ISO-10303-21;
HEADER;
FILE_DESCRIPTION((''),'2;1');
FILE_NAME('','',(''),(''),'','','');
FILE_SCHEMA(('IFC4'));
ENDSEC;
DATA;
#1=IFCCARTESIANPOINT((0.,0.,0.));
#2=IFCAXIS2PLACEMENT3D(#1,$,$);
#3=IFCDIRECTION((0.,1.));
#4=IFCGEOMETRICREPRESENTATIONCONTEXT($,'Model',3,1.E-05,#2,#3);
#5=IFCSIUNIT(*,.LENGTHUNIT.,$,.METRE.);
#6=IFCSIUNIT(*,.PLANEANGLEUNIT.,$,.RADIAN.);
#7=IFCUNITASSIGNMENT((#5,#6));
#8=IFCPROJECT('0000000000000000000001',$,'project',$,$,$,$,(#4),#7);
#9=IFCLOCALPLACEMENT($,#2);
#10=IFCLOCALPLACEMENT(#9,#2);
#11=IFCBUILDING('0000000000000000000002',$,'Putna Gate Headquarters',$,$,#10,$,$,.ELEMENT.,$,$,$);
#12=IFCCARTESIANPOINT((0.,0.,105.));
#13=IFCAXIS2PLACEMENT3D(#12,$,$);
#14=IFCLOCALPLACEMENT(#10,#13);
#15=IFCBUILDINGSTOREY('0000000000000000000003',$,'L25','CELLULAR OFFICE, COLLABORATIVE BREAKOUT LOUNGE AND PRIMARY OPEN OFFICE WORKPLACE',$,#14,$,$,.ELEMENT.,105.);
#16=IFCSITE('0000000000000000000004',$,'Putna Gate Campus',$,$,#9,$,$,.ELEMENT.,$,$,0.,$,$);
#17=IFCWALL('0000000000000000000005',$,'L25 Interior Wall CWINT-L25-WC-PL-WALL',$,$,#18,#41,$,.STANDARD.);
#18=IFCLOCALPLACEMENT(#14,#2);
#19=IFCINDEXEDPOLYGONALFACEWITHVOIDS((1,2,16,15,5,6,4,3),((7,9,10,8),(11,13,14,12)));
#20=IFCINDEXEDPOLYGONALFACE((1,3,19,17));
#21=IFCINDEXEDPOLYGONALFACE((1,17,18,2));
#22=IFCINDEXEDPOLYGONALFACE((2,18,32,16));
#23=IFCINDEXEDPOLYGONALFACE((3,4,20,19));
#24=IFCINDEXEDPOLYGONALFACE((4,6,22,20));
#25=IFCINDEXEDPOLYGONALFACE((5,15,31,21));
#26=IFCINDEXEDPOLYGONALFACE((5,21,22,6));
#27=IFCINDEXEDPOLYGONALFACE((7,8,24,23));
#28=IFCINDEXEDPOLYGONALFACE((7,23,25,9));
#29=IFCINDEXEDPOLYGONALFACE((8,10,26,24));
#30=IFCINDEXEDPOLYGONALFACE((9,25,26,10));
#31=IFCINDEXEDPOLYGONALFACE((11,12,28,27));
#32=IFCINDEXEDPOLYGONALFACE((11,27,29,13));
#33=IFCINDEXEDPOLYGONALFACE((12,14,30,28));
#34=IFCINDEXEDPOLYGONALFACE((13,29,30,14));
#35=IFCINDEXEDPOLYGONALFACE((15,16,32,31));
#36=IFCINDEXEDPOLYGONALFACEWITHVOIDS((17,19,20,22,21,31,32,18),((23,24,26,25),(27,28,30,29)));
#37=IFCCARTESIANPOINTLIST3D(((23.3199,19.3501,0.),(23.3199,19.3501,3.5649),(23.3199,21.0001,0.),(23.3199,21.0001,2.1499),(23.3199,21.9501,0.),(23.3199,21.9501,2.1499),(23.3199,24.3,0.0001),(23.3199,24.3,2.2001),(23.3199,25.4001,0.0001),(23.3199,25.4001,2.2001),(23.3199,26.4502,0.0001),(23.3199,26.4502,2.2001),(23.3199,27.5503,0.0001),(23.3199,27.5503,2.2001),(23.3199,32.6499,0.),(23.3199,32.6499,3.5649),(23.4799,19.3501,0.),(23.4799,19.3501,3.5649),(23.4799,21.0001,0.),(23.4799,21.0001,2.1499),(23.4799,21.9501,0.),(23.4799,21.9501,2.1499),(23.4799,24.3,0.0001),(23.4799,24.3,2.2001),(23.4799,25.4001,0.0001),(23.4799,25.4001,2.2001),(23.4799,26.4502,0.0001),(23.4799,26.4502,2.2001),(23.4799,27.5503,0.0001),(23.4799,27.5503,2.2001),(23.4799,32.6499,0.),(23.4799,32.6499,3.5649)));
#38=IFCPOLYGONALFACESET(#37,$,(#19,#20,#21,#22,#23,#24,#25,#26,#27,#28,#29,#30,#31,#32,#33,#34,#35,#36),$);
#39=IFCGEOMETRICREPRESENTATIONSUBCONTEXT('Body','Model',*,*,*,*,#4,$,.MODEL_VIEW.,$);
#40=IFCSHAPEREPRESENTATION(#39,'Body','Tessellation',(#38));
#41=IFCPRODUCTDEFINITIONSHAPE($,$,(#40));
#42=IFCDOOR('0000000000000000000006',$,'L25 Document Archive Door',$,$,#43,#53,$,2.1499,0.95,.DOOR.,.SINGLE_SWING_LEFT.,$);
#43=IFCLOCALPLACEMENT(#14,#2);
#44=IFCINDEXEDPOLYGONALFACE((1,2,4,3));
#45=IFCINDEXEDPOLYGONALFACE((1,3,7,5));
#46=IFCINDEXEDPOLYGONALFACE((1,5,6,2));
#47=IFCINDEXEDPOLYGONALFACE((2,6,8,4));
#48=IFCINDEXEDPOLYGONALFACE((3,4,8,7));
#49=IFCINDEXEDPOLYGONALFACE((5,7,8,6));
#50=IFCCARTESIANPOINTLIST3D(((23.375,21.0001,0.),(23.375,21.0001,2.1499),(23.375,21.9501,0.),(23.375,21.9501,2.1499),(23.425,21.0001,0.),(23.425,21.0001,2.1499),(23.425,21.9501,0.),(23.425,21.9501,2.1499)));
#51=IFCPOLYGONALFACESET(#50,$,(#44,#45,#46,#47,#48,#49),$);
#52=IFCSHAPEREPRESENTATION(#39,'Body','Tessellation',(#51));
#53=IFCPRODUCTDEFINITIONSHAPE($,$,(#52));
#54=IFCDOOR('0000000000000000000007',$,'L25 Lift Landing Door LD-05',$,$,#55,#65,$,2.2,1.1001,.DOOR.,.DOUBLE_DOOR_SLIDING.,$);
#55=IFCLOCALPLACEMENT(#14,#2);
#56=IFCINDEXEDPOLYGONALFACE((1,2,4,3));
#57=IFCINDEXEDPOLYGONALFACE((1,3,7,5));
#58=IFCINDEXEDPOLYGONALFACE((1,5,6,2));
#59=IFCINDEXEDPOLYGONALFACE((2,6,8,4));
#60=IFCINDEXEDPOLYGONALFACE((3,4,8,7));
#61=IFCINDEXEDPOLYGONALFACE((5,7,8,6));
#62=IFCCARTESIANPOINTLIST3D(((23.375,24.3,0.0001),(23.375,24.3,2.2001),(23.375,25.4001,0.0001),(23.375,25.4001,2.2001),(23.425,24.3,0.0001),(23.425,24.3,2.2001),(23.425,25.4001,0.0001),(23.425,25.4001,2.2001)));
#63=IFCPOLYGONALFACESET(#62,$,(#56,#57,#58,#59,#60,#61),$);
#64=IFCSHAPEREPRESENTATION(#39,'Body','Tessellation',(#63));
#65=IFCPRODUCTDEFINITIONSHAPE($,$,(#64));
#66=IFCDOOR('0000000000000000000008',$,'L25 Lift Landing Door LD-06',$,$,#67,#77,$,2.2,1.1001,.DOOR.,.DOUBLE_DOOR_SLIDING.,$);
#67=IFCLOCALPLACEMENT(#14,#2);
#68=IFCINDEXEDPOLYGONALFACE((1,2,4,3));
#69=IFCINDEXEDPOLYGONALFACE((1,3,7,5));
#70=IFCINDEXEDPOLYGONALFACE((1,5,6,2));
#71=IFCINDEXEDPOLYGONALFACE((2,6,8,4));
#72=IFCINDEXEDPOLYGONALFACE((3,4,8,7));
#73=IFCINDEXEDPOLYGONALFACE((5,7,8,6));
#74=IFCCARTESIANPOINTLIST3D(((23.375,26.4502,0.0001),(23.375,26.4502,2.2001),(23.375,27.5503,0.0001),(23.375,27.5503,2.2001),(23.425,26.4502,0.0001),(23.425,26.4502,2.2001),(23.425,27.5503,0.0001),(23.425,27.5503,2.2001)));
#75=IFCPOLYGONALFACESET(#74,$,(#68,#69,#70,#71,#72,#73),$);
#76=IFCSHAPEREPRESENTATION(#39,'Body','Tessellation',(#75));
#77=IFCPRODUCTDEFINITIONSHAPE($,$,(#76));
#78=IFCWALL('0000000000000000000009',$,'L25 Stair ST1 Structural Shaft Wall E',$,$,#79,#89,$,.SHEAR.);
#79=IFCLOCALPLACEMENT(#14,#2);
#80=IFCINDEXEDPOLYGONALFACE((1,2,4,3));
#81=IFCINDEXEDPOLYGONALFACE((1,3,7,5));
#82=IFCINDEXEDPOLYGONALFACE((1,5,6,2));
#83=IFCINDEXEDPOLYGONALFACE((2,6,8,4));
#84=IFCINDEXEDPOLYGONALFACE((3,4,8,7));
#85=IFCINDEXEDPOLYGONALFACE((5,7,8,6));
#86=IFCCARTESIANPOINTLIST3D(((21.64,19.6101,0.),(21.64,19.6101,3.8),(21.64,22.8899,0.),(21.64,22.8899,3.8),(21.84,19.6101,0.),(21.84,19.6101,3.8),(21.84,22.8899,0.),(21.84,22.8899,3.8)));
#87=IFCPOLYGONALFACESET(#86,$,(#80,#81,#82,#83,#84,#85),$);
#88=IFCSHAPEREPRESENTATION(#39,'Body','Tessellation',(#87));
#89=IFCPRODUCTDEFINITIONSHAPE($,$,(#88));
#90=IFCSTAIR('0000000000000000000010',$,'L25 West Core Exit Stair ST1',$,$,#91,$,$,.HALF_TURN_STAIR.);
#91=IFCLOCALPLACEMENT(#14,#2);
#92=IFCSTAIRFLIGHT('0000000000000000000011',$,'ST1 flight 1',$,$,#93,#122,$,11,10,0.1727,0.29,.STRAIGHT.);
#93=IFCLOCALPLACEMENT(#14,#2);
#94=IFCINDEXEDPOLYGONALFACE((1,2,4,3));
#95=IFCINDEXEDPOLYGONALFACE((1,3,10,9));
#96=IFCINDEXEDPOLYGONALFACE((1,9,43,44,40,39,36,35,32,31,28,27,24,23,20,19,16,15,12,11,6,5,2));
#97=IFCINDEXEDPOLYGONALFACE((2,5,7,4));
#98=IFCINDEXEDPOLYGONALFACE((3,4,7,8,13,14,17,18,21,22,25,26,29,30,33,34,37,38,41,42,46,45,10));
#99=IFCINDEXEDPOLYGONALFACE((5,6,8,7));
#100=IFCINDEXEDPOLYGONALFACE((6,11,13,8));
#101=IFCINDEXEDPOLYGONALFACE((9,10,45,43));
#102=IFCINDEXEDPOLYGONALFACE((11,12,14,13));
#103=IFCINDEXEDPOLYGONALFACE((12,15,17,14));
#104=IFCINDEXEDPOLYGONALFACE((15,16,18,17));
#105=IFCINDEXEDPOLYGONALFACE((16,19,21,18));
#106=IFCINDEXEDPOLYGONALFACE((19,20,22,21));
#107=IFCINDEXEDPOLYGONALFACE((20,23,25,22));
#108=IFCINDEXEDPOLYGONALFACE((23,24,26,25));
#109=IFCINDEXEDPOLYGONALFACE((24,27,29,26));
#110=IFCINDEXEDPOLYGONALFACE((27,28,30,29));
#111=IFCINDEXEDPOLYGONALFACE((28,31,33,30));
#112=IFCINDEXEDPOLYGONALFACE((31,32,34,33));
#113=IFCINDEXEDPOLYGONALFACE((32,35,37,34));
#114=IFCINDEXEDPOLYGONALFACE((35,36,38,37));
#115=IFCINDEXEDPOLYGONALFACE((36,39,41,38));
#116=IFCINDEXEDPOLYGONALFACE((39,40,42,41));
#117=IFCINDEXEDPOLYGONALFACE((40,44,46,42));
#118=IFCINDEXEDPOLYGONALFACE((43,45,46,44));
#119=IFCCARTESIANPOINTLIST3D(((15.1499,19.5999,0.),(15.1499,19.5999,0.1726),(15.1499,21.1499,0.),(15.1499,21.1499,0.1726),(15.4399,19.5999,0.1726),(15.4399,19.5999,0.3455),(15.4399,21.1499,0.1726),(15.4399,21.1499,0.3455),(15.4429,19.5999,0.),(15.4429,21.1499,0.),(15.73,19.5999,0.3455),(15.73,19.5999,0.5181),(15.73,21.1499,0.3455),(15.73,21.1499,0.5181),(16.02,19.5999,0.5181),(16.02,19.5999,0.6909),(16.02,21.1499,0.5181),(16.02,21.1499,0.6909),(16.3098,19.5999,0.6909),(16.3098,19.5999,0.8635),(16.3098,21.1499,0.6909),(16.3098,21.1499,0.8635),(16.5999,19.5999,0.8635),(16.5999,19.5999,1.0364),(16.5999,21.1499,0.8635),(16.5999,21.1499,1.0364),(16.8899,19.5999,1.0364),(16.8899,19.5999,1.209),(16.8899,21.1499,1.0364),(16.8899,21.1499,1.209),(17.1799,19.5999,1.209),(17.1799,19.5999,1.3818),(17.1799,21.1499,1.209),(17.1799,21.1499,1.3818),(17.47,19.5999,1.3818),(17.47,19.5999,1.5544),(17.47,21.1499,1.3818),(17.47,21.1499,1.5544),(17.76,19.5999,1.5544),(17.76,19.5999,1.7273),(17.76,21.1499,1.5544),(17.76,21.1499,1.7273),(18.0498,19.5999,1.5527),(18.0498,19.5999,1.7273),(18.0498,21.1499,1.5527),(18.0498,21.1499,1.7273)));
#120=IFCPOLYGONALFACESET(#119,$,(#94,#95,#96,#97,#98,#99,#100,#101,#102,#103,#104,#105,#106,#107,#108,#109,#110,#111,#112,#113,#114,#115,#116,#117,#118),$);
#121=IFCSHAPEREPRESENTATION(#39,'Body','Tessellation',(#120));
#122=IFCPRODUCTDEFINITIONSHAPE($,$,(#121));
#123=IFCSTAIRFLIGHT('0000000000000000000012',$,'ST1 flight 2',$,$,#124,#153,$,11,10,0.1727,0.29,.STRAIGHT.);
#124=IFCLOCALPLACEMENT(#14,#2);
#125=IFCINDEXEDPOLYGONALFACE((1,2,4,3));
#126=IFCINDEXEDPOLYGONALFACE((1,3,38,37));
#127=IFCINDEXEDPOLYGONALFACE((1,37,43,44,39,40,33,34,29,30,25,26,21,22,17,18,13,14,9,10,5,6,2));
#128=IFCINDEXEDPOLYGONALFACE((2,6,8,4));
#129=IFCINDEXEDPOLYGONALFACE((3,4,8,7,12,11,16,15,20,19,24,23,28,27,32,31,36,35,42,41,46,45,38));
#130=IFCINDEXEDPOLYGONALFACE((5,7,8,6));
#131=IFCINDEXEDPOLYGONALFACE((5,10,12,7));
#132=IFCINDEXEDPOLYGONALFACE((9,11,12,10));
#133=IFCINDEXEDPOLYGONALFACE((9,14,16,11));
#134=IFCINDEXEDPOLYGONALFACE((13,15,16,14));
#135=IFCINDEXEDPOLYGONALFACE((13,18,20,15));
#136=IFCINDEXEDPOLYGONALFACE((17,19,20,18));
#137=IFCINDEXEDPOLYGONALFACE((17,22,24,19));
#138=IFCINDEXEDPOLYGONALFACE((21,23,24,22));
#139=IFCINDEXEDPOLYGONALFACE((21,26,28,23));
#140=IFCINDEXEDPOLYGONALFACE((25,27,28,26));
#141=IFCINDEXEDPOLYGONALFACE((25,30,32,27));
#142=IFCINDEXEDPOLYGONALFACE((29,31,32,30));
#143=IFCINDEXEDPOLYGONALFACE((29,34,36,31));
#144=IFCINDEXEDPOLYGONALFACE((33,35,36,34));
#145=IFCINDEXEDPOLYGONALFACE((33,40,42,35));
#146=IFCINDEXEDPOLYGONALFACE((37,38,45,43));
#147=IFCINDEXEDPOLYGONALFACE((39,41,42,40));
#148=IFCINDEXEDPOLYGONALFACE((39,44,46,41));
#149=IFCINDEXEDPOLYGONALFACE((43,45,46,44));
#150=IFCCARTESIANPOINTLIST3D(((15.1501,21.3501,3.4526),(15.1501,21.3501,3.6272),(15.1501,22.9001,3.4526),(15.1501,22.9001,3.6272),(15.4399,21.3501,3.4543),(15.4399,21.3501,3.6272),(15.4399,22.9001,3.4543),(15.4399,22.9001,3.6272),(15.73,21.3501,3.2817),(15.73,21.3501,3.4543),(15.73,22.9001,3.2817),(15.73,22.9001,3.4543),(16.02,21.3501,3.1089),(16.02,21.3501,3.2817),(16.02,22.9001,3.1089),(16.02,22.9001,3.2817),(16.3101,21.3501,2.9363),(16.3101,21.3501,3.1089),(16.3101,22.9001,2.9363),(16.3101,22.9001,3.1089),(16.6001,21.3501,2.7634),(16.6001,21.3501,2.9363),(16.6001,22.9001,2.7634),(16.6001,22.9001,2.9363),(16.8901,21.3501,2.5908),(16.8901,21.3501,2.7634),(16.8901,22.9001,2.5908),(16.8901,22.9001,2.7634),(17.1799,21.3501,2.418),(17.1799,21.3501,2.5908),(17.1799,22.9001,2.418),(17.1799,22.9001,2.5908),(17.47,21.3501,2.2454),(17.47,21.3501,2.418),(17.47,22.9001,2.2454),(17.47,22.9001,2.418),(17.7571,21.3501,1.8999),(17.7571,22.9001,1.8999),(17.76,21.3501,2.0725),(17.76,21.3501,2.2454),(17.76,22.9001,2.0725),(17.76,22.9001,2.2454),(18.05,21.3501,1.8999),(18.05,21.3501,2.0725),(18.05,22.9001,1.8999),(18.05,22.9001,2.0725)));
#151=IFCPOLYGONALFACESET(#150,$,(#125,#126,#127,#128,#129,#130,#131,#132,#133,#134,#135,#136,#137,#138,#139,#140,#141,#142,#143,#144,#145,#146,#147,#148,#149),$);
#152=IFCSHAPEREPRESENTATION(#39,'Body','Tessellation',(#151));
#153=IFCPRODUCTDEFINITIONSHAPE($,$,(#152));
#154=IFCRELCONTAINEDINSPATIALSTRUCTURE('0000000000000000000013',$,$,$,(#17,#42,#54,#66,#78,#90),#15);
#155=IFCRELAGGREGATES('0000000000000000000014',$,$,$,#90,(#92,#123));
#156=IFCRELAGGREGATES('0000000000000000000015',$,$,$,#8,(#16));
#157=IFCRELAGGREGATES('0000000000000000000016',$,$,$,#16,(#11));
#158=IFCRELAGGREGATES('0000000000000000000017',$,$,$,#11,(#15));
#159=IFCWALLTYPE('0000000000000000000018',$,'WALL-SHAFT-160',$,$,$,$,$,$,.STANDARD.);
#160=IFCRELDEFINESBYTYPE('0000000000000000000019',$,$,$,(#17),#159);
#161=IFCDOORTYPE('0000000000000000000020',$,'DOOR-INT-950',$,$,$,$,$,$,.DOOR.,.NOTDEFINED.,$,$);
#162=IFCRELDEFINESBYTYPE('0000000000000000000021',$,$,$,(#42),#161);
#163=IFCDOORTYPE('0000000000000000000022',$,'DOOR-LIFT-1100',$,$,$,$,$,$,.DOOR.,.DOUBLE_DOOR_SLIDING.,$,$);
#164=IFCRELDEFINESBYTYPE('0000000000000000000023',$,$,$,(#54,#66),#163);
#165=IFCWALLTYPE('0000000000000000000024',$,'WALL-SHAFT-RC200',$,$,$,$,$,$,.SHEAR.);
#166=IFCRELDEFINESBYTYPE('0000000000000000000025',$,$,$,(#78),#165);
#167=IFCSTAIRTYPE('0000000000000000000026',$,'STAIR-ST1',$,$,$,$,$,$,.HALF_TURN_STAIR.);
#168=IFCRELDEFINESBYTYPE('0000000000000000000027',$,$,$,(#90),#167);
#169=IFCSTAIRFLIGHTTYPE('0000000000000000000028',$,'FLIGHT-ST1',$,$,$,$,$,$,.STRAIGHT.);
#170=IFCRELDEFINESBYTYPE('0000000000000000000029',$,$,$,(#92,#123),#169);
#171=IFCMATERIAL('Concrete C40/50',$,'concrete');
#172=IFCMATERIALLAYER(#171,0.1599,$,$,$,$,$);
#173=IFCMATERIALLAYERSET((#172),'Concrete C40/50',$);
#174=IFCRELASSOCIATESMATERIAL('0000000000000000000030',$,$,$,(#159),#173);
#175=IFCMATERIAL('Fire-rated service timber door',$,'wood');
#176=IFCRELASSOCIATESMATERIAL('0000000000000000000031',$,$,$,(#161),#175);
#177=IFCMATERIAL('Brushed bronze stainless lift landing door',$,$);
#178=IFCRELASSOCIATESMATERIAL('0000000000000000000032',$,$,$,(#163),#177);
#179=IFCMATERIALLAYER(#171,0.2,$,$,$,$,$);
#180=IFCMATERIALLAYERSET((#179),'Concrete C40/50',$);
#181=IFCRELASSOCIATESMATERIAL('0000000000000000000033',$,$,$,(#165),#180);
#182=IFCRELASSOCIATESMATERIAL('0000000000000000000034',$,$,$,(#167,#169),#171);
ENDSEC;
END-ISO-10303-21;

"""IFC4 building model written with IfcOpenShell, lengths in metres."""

from ifc_helpers import new_model, si_unit, direction, frame, frame_2d, origin, place, context, subcontext, project, spatial, polyline, rectangle, outline, extrude, material, layer, layer_set, type_object, element, fill, aggregate, save


model = new_model("IFC4")

# Units and contexts
model_context = context("Model", 3, precision=1e-05, world=origin(), true_north=direction((0.0, 1.0)))
body_context = subcontext(model_context, "Body", "Model", "MODEL_VIEW")
ifc_project = project(units=[si_unit("LENGTHUNIT", "METRE"), si_unit("PLANEANGLEUNIT", "RADIAN")], contexts=[model_context])

# Site, building, storey
site_placement = place(None, origin())
site = spatial("IfcSite", under=ifc_project, at=site_placement, Name="Putna Gate Campus", CompositionType="ELEMENT", RefElevation=0.0)
building_placement = place(site_placement, origin())
building = spatial("IfcBuilding", under=site, at=building_placement, Name="Putna Gate Headquarters", CompositionType="ELEMENT")
storey_placement = place(building_placement, frame((0.0, 0.0, 105.0)))
storey = spatial("IfcBuildingStorey", under=building, at=storey_placement, Name="L25", Description="CELLULAR OFFICE, COLLABORATIVE BREAKOUT LOUNGE AND PRIMARY OPEN OFFICE WORKPLACE", CompositionType="ELEMENT", Elevation=105.0)

# Wall, openings, doors
ifc_material_1 = material(Name="Concrete C40/50", Category="concrete")
ifc_layer_1 = layer(ifc_material_1, 0.1599)
ifc_layer_set_1 = layer_set([ifc_layer_1], Name="Concrete C40/50")
wall_type_1 = type_object("IfcWallType", Name="WALL-SHAFT-160", PredefinedType="STANDARD", material=ifc_layer_set_1)
wall_1_placement = place(storey_placement, frame((23.3999, 19.3501, 0.0), z_axis=(0.0, 0.0, 1.0), x_axis=(0.0, 1.0, 0.0)))
wall_1 = element("IfcWall", 1, at=wall_1_placement, inside=storey, type_object=wall_type_1, Name="L25 Interior Wall CWINT-L25-WC-PL-WALL", PredefinedType="STANDARD", context=body_context, shape_type="SweptSolid", body=[
    extrude(rectangle(XDim=13.2998, YDim=0.1599, at=frame_2d((6.6499, 0.0))), origin(), (0.0, 0.0, 1.0), 3.5649),
])
opening_1_placement = place(wall_1_placement, frame((1.6499, 0.0, 0.0)))
opening_1 = element("IfcOpeningElement", 2, at=opening_1_placement, cuts=wall_1, PredefinedType="OPENING", context=body_context, shape_type="SweptSolid", body=[
    extrude(rectangle(XDim=0.95, YDim=2.1499, at=frame_2d((0.4751, 1.075))), frame((0.0, 0.0898, 0.0), z_axis=(0.0, -1.0, 0.0), x_axis=(1.0, 0.0, 0.0)), (0.0, 0.0, 1.0), 0.1799),
])
opening_2_placement = place(wall_1_placement, frame((4.95, 0.0, 0.0)))
opening_2 = element("IfcOpeningElement", 3, at=opening_2_placement, cuts=wall_1, PredefinedType="OPENING", context=body_context, shape_type="SweptSolid", body=[
    extrude(rectangle(XDim=1.1001, YDim=2.2, at=frame_2d((0.55, 1.1001))), frame((0.0, 0.0898, 0.0), z_axis=(0.0, -1.0, 0.0), x_axis=(1.0, 0.0, 0.0)), (0.0, 0.0, 1.0), 0.1799),
])
opening_3_placement = place(wall_1_placement, frame((7.1001, 0.0, 0.0)))
opening_3 = element("IfcOpeningElement", 4, at=opening_3_placement, cuts=wall_1, PredefinedType="OPENING", context=body_context, shape_type="SweptSolid", body=[
    extrude(rectangle(XDim=1.1001, YDim=2.2, at=frame_2d((0.55, 1.1001))), frame((0.0, 0.0898, 0.0), z_axis=(0.0, -1.0, 0.0), x_axis=(1.0, 0.0, 0.0)), (0.0, 0.0, 1.0), 0.1799),
])
ifc_material_2 = material(Name="Fire-rated service timber door", Category="wood")
door_type_1 = type_object("IfcDoorType", Name="DOOR-INT-950", OperationType="NOTDEFINED", PredefinedType="DOOR", material=ifc_material_2)
door_1_placement = place(opening_1_placement, origin())
door_1 = element("IfcDoor", 5, at=door_1_placement, inside=storey, type_object=door_type_1, Name="L25 Document Archive Door", OperationType="SINGLE_SWING_LEFT", OverallHeight=2.1499, OverallWidth=0.95, PredefinedType="DOOR", context=body_context, shape_type="SweptSolid", body=[
    extrude(rectangle(XDim=0.95, YDim=2.1499, at=frame_2d((0.4751, 1.075))), frame((0.0, 0.0249, 0.0), z_axis=(0.0, -1.0, 0.0), x_axis=(1.0, 0.0, 0.0)), (0.0, 0.0, 1.0), 0.05),
])
fill(opening_1, door_1)
ifc_material_3 = material(Name="Brushed bronze stainless lift landing door")
door_type_2 = type_object("IfcDoorType", Name="DOOR-LIFT-1100", OperationType="DOUBLE_DOOR_SLIDING", PredefinedType="DOOR", material=ifc_material_3)
door_2_placement = place(opening_2_placement, origin())
door_2 = element("IfcDoor", 6, at=door_2_placement, inside=storey, type_object=door_type_2, Name="L25 Lift Landing Door LD-05", OperationType="DOUBLE_DOOR_SLIDING", OverallHeight=2.2, OverallWidth=1.1001, PredefinedType="DOOR", context=body_context, shape_type="SweptSolid", body=[
    extrude(rectangle(XDim=1.1001, YDim=2.2, at=frame_2d((0.55, 1.1001))), frame((0.0, 0.0249, 0.0), z_axis=(0.0, -1.0, 0.0), x_axis=(1.0, 0.0, 0.0)), (0.0, 0.0, 1.0), 0.05),
])
fill(opening_2, door_2)
door_3_placement = place(opening_3_placement, origin())
door_3 = element("IfcDoor", 7, at=door_3_placement, inside=storey, type_object=door_type_2, Name="L25 Lift Landing Door LD-06", OperationType="DOUBLE_DOOR_SLIDING", OverallHeight=2.2, OverallWidth=1.1001, PredefinedType="DOOR", context=body_context, shape_type="SweptSolid", body=[
    extrude(rectangle(XDim=1.1001, YDim=2.2, at=frame_2d((0.55, 1.1001))), frame((0.0, 0.0249, 0.0), z_axis=(0.0, -1.0, 0.0), x_axis=(1.0, 0.0, 0.0)), (0.0, 0.0, 1.0), 0.05),
])
fill(opening_3, door_3)

# Wall
ifc_layer_2 = layer(ifc_material_1, 0.2)
ifc_layer_set_2 = layer_set([ifc_layer_2], Name="Concrete C40/50")
wall_type_2 = type_object("IfcWallType", Name="WALL-SHAFT-RC200", PredefinedType="SHEAR", material=ifc_layer_set_2)
wall_2_placement = place(storey_placement, frame((21.74, 19.6101, 0.0), z_axis=(0.0, 0.0, 1.0), x_axis=(0.0, 1.0, 0.0)))
element("IfcWall", 8, at=wall_2_placement, inside=storey, type_object=wall_type_2, Name="L25 Stair ST1 Structural Shaft Wall E", PredefinedType="SHEAR", context=body_context, shape_type="SweptSolid", body=[
    extrude(rectangle(XDim=3.2798, YDim=0.2, at=frame_2d((1.6399, 0.0))), origin(), (0.0, 0.0, 1.0), 3.8),
])

# Stair, stair flights
stair_type = type_object("IfcStairType", Name="STAIR-ST1", PredefinedType="HALF_TURN_STAIR", material=ifc_material_1)
stair_placement = place(storey_placement, origin())
stair = element("IfcStair", 9, at=stair_placement, inside=storey, type_object=stair_type, Name="L25 West Core Exit Stair ST1", PredefinedType="HALF_TURN_STAIR")
stair_flight_type = type_object("IfcStairFlightType", Name="FLIGHT-ST1", PredefinedType="STRAIGHT", material=ifc_material_1)
stair_flight_1_placement = place(storey_placement, frame((15.1499, 20.375, 0.0), z_axis=(0.0, 0.0, 1.0), x_axis=(1.0, 0.0, 0.0)))
stair_flight_1 = element("IfcStairFlight", 10, at=stair_flight_1_placement, type_object=stair_flight_type, Name="ST1 flight 1", NumberOfRisers=11, NumberOfTreads=10, PredefinedType="STRAIGHT", RiserHeight=0.1727, TreadLength=0.29, context=body_context, shape_type="SweptSolid", body=[
    extrude(outline(polyline([(0.0, 0.0), (0.0, 0.1726), (0.29, 0.1726), (0.29, 0.3455), (0.5801, 0.3455), (0.5801, 0.5181), (0.8701, 0.5181), (0.8701, 0.6909), (1.1599, 0.6909), (1.1599, 0.8635), (1.45, 0.8635), (1.45, 1.0364), (1.74, 1.0364), (1.74, 1.209), (2.03, 1.209), (2.03, 1.3818), (2.3201, 1.3818), (2.3201, 1.5544), (2.6101, 1.5544), (2.6101, 1.7273), (2.8999, 1.7273), (2.8999, 1.8999), (2.8999, 1.5527), (0.293, 0.0), (0.0, 0.0)])), frame((0.0, 0.7749, 0.0), z_axis=(0.0, -1.0, 0.0), x_axis=(1.0, 0.0, 0.0)), (0.0, 0.0, 1.0), 1.55),
])
stair_flight_2_placement = place(storey_placement, frame((18.05, 22.125, 1.8999), z_axis=(0.0, 0.0, 1.0), x_axis=(-1.0, 0.0, 0.0)))
stair_flight_2 = element("IfcStairFlight", 11, at=stair_flight_2_placement, type_object=stair_flight_type, Name="ST1 flight 2", NumberOfRisers=11, NumberOfTreads=10, PredefinedType="STRAIGHT", RiserHeight=0.1727, TreadLength=0.29, context=body_context, shape_type="SweptSolid", body=[
    extrude(outline(polyline([(0.0, 0.0), (0.0, 0.1726), (0.29, 0.1726), (0.29, 0.3455), (0.5801, 0.3455), (0.5801, 0.5181), (0.8701, 0.5181), (0.8701, 0.6909), (1.1599, 0.6909), (1.1599, 0.8635), (1.45, 0.8635), (1.45, 1.0364), (1.74, 1.0364), (1.74, 1.209), (2.03, 1.209), (2.03, 1.3818), (2.3201, 1.3818), (2.3201, 1.5544), (2.6101, 1.5544), (2.6101, 1.7273), (2.8999, 1.7273), (2.8999, 1.8999), (2.8999, 1.5527), (0.293, 0.0), (0.0, 0.0)])), frame((0.0, 0.7749, 0.0), z_axis=(0.0, -1.0, 0.0), x_axis=(1.0, 0.0, 0.0)), (0.0, 0.0, 1.0), 1.55),
])
aggregate(stair, [stair_flight_1, stair_flight_2])

save(model, "model.ifc")
